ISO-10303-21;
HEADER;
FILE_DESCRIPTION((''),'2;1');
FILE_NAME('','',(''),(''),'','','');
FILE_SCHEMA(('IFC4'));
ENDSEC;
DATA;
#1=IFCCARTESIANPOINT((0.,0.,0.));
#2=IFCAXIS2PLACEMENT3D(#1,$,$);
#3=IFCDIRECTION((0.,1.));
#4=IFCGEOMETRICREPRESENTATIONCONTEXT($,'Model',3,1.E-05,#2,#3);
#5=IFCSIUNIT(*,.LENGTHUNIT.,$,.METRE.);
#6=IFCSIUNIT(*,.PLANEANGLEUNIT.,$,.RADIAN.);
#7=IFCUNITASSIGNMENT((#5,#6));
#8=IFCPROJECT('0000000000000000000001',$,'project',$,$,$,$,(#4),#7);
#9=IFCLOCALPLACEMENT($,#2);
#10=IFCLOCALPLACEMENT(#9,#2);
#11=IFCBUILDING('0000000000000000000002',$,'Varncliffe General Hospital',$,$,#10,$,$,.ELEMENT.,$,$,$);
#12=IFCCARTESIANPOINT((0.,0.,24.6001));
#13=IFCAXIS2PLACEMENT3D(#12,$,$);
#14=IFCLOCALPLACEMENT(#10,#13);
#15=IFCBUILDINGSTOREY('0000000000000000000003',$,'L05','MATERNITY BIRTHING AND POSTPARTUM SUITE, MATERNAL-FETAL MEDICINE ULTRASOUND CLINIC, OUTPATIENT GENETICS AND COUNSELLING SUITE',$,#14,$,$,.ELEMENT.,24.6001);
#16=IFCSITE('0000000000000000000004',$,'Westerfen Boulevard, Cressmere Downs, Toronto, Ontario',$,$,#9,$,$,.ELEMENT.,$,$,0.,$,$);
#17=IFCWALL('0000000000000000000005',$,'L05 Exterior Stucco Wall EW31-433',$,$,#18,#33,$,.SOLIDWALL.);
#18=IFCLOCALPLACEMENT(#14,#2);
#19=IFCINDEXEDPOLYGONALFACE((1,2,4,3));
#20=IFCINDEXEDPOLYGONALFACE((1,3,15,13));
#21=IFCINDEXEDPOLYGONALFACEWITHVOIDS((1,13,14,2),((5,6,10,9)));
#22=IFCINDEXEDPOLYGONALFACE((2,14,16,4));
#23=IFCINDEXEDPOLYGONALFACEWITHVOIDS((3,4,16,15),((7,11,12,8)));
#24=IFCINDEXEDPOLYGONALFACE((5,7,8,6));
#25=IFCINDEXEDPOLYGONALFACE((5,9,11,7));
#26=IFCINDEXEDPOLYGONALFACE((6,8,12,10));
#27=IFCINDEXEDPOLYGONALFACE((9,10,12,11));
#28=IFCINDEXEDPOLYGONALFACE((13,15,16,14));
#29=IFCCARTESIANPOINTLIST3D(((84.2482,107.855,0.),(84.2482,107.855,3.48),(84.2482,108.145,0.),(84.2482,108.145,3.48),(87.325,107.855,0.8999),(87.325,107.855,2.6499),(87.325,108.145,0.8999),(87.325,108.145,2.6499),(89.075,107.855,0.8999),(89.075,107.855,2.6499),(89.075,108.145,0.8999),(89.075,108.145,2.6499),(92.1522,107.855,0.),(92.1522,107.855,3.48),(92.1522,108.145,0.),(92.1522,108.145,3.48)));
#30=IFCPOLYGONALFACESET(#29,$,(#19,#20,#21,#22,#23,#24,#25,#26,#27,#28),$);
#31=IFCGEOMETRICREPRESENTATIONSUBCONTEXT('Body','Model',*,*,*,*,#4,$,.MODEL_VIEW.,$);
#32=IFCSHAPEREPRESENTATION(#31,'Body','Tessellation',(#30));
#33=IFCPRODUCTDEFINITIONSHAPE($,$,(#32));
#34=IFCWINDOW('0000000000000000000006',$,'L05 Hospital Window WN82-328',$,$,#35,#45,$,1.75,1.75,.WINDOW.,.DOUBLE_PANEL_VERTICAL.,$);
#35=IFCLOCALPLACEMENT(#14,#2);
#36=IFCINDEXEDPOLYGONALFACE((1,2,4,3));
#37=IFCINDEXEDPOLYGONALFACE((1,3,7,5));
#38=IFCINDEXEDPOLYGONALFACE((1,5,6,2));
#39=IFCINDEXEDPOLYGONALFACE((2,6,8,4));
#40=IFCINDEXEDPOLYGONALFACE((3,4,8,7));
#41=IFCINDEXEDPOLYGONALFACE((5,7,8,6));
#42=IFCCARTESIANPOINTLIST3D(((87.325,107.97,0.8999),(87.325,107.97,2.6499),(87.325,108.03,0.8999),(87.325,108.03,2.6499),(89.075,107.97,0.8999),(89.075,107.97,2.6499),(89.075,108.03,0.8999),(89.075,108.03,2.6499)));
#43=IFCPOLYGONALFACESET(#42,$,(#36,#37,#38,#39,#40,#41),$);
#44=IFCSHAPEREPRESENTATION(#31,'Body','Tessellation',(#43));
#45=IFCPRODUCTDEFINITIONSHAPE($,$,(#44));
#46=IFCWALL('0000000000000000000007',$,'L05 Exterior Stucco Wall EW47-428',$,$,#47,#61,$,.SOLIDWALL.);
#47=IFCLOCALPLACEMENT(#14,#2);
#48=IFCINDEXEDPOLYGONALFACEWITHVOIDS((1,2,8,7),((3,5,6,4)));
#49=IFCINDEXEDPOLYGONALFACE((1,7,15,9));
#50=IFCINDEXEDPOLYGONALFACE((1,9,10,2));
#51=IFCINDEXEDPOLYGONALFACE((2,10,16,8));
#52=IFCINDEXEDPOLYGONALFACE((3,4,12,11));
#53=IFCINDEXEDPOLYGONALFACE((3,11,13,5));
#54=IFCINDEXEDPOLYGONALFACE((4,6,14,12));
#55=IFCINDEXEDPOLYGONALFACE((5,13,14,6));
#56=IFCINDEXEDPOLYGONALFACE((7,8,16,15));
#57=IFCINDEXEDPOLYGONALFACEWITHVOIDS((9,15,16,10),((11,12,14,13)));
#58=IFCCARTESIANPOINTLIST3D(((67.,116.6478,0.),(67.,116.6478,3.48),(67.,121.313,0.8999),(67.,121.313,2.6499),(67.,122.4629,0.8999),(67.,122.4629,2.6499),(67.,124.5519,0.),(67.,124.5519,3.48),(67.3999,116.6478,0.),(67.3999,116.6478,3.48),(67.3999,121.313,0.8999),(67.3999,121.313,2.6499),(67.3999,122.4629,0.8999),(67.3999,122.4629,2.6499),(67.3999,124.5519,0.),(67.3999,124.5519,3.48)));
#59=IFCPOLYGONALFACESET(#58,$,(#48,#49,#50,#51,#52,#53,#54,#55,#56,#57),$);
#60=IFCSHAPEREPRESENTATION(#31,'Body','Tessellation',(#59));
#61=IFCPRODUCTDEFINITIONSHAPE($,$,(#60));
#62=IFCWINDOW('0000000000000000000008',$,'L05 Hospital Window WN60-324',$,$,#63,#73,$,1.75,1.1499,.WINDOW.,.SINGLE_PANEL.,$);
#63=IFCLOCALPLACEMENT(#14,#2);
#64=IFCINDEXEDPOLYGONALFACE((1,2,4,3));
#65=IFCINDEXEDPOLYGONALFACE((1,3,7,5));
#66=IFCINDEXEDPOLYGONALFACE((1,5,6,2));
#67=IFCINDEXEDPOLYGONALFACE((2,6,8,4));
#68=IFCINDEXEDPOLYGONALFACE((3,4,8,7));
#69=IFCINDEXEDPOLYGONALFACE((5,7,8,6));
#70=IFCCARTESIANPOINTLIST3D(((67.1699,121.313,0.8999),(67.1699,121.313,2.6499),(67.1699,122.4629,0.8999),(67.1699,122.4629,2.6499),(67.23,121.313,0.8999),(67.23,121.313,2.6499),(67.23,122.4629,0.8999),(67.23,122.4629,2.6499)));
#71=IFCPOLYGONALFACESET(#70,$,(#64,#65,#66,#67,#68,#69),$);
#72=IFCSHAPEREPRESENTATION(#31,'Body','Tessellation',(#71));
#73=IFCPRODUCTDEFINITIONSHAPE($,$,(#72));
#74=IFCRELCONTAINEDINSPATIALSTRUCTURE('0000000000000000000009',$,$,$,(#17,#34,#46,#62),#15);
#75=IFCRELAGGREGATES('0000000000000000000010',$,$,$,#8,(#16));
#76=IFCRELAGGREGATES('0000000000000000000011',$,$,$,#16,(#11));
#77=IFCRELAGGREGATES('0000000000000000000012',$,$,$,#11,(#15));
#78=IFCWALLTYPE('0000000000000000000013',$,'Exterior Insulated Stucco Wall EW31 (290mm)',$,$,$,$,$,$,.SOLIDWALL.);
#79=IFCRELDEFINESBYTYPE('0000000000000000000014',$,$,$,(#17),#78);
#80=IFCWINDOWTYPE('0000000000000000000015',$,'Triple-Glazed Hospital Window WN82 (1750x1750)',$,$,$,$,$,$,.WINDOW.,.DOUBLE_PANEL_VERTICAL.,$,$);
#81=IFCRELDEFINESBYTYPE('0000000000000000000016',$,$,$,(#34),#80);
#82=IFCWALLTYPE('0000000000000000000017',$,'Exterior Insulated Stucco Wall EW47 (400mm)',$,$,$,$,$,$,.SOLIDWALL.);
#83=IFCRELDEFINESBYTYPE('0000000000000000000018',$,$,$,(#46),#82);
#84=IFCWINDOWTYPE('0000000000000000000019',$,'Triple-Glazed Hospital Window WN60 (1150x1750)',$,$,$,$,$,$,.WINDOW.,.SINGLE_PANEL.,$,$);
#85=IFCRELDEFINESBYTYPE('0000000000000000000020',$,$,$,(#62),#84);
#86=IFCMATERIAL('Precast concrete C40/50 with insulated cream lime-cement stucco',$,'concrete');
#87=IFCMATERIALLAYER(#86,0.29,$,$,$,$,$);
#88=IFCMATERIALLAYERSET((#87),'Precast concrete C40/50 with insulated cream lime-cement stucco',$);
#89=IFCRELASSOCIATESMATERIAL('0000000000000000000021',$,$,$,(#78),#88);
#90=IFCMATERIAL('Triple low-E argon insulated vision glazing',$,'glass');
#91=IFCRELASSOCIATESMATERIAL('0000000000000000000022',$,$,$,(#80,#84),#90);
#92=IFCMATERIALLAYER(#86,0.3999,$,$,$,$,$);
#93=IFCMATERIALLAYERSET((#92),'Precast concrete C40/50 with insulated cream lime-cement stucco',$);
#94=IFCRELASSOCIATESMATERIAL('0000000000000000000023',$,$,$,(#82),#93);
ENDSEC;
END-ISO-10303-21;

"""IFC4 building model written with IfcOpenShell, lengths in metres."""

from ifc_helpers import new_model, si_unit, direction, frame, frame_2d, origin, place, context, subcontext, project, spatial, rectangle, extrude, material, layer, layer_set, type_object, element, fill, save


model = new_model("IFC4")

# Units and contexts
model_context = context("Model", 3, precision=1e-05, world=origin(), true_north=direction((0.0, 1.0)))
body_context = subcontext(model_context, "Body", "Model", "MODEL_VIEW")
ifc_project = project(units=[si_unit("LENGTHUNIT", "METRE"), si_unit("PLANEANGLEUNIT", "RADIAN")], contexts=[model_context])

# Site, building, storey
site_placement = place(None, origin())
site = spatial("IfcSite", under=ifc_project, at=site_placement, Name="Westerfen Boulevard, Cressmere Downs, Toronto, Ontario", CompositionType="ELEMENT", RefElevation=0.0)
building_placement = place(site_placement, origin())
building = spatial("IfcBuilding", under=site, at=building_placement, Name="Varncliffe General Hospital", CompositionType="ELEMENT")
storey_placement = place(building_placement, frame((0.0, 0.0, 24.6001)))
storey = spatial("IfcBuildingStorey", under=building, at=storey_placement, Name="L05", Description="MATERNITY BIRTHING AND POSTPARTUM SUITE, MATERNAL-FETAL MEDICINE ULTRASOUND CLINIC, OUTPATIENT GENETICS AND COUNSELLING SUITE", CompositionType="ELEMENT", Elevation=24.6001)

# Walls, openings, windows
ifc_material_1 = material(Name="Precast concrete C40/50 with insulated cream lime-cement stucco", Category="concrete")
ifc_material_2 = material(Name="Triple low-E argon insulated vision glazing", Category="glass")
ifc_layer_1 = layer(ifc_material_1, 0.29)
ifc_layer_set_1 = layer_set([ifc_layer_1], Name="Precast concrete C40/50 with insulated cream lime-cement stucco")
wall_type_1 = type_object("IfcWallType", Name="Exterior Insulated Stucco Wall EW31 (290mm)", PredefinedType="SOLIDWALL", material=ifc_layer_set_1)
wall_1_placement = place(storey_placement, frame((84.248, 108.0, 0.0), z_axis=(0.0, 0.0, 1.0), x_axis=(1.0, 0.0, 0.0)))
wall_1 = element("IfcWall", 1, at=wall_1_placement, inside=storey, type_object=wall_type_1, Name="L05 Exterior Stucco Wall EW31-433", PredefinedType="SOLIDWALL", context=body_context, shape_type="SweptSolid", body=[
    extrude(rectangle(XDim=7.9041, YDim=0.29, at=frame_2d((3.9521, 0.0))), origin(), (0.0, 0.0, 1.0), 3.48),
])
opening_1_placement = place(wall_1_placement, frame((3.0769, 0.0, 0.8999)))
opening_1 = element("IfcOpeningElement", 2, at=opening_1_placement, cuts=wall_1, PredefinedType="OPENING", context=body_context, shape_type="SweptSolid", body=[
    extrude(rectangle(XDim=1.75, YDim=1.75, at=frame_2d((0.875, 0.875))), frame((0.0, 0.155, 0.0), z_axis=(0.0, -1.0, 0.0), x_axis=(1.0, 0.0, 0.0)), (0.0, 0.0, 1.0), 0.3101),
])
window_type_1 = type_object("IfcWindowType", Name="Triple-Glazed Hospital Window WN82 (1750x1750)", PartitioningType="DOUBLE_PANEL_VERTICAL", PredefinedType="WINDOW", material=ifc_material_2)
window_1_placement = place(opening_1_placement, origin())
window_1 = element("IfcWindow", 3, at=window_1_placement, inside=storey, type_object=window_type_1, Name="L05 Hospital Window WN82-328", OverallHeight=1.75, OverallWidth=1.75, PartitioningType="DOUBLE_PANEL_VERTICAL", PredefinedType="WINDOW", context=body_context, shape_type="SweptSolid", body=[
    extrude(rectangle(XDim=1.75, YDim=1.75, at=frame_2d((0.875, 0.875))), frame((0.0, 0.03, 0.0), z_axis=(0.0, -1.0, 0.0), x_axis=(1.0, 0.0, 0.0)), (0.0, 0.0, 1.0), 0.0601),
])
fill(opening_1, window_1)
ifc_layer_2 = layer(ifc_material_1, 0.3999)
ifc_layer_set_2 = layer_set([ifc_layer_2], Name="Precast concrete C40/50 with insulated cream lime-cement stucco")
wall_type_2 = type_object("IfcWallType", Name="Exterior Insulated Stucco Wall EW47 (400mm)", PredefinedType="SOLIDWALL", material=ifc_layer_set_2)
wall_2_placement = place(storey_placement, frame((67.2, 124.552, 0.0), z_axis=(0.0, 0.0, 1.0), x_axis=(0.0, -1.0, 0.0)))
wall_2 = element("IfcWall", 4, at=wall_2_placement, inside=storey, type_object=wall_type_2, Name="L05 Exterior Stucco Wall EW47-428", PredefinedType="SOLIDWALL", context=body_context, shape_type="SweptSolid", body=[
    extrude(rectangle(XDim=7.9041, YDim=0.3999, at=frame_2d((3.9521, 0.0))), origin(), (0.0, 0.0, 1.0), 3.48),
])
opening_2_placement = place(wall_2_placement, frame((2.0891, 0.0, 0.8999)))
opening_2 = element("IfcOpeningElement", 5, at=opening_2_placement, cuts=wall_2, PredefinedType="OPENING", context=body_context, shape_type="SweptSolid", body=[
    extrude(rectangle(XDim=1.1499, YDim=1.75, at=frame_2d((0.575, 0.875))), frame((0.0, 0.21, 0.0), z_axis=(0.0, -1.0, 0.0), x_axis=(1.0, 0.0, 0.0)), (0.0, 0.0, 1.0), 0.4199),
])
window_type_2 = type_object("IfcWindowType", Name="Triple-Glazed Hospital Window WN60 (1150x1750)", PartitioningType="SINGLE_PANEL", PredefinedType="WINDOW", material=ifc_material_2)
window_2_placement = place(opening_2_placement, origin())
window_2 = element("IfcWindow", 6, at=window_2_placement, inside=storey, type_object=window_type_2, Name="L05 Hospital Window WN60-324", OverallHeight=1.75, OverallWidth=1.1499, PartitioningType="SINGLE_PANEL", PredefinedType="WINDOW", context=body_context, shape_type="SweptSolid", body=[
    extrude(rectangle(XDim=1.1499, YDim=1.75, at=frame_2d((0.575, 0.875))), frame((0.0, 0.03, 0.0), z_axis=(0.0, -1.0, 0.0), x_axis=(1.0, 0.0, 0.0)), (0.0, 0.0, 1.0), 0.0601),
])
fill(opening_2, window_2)

save(model, "model.ifc")
